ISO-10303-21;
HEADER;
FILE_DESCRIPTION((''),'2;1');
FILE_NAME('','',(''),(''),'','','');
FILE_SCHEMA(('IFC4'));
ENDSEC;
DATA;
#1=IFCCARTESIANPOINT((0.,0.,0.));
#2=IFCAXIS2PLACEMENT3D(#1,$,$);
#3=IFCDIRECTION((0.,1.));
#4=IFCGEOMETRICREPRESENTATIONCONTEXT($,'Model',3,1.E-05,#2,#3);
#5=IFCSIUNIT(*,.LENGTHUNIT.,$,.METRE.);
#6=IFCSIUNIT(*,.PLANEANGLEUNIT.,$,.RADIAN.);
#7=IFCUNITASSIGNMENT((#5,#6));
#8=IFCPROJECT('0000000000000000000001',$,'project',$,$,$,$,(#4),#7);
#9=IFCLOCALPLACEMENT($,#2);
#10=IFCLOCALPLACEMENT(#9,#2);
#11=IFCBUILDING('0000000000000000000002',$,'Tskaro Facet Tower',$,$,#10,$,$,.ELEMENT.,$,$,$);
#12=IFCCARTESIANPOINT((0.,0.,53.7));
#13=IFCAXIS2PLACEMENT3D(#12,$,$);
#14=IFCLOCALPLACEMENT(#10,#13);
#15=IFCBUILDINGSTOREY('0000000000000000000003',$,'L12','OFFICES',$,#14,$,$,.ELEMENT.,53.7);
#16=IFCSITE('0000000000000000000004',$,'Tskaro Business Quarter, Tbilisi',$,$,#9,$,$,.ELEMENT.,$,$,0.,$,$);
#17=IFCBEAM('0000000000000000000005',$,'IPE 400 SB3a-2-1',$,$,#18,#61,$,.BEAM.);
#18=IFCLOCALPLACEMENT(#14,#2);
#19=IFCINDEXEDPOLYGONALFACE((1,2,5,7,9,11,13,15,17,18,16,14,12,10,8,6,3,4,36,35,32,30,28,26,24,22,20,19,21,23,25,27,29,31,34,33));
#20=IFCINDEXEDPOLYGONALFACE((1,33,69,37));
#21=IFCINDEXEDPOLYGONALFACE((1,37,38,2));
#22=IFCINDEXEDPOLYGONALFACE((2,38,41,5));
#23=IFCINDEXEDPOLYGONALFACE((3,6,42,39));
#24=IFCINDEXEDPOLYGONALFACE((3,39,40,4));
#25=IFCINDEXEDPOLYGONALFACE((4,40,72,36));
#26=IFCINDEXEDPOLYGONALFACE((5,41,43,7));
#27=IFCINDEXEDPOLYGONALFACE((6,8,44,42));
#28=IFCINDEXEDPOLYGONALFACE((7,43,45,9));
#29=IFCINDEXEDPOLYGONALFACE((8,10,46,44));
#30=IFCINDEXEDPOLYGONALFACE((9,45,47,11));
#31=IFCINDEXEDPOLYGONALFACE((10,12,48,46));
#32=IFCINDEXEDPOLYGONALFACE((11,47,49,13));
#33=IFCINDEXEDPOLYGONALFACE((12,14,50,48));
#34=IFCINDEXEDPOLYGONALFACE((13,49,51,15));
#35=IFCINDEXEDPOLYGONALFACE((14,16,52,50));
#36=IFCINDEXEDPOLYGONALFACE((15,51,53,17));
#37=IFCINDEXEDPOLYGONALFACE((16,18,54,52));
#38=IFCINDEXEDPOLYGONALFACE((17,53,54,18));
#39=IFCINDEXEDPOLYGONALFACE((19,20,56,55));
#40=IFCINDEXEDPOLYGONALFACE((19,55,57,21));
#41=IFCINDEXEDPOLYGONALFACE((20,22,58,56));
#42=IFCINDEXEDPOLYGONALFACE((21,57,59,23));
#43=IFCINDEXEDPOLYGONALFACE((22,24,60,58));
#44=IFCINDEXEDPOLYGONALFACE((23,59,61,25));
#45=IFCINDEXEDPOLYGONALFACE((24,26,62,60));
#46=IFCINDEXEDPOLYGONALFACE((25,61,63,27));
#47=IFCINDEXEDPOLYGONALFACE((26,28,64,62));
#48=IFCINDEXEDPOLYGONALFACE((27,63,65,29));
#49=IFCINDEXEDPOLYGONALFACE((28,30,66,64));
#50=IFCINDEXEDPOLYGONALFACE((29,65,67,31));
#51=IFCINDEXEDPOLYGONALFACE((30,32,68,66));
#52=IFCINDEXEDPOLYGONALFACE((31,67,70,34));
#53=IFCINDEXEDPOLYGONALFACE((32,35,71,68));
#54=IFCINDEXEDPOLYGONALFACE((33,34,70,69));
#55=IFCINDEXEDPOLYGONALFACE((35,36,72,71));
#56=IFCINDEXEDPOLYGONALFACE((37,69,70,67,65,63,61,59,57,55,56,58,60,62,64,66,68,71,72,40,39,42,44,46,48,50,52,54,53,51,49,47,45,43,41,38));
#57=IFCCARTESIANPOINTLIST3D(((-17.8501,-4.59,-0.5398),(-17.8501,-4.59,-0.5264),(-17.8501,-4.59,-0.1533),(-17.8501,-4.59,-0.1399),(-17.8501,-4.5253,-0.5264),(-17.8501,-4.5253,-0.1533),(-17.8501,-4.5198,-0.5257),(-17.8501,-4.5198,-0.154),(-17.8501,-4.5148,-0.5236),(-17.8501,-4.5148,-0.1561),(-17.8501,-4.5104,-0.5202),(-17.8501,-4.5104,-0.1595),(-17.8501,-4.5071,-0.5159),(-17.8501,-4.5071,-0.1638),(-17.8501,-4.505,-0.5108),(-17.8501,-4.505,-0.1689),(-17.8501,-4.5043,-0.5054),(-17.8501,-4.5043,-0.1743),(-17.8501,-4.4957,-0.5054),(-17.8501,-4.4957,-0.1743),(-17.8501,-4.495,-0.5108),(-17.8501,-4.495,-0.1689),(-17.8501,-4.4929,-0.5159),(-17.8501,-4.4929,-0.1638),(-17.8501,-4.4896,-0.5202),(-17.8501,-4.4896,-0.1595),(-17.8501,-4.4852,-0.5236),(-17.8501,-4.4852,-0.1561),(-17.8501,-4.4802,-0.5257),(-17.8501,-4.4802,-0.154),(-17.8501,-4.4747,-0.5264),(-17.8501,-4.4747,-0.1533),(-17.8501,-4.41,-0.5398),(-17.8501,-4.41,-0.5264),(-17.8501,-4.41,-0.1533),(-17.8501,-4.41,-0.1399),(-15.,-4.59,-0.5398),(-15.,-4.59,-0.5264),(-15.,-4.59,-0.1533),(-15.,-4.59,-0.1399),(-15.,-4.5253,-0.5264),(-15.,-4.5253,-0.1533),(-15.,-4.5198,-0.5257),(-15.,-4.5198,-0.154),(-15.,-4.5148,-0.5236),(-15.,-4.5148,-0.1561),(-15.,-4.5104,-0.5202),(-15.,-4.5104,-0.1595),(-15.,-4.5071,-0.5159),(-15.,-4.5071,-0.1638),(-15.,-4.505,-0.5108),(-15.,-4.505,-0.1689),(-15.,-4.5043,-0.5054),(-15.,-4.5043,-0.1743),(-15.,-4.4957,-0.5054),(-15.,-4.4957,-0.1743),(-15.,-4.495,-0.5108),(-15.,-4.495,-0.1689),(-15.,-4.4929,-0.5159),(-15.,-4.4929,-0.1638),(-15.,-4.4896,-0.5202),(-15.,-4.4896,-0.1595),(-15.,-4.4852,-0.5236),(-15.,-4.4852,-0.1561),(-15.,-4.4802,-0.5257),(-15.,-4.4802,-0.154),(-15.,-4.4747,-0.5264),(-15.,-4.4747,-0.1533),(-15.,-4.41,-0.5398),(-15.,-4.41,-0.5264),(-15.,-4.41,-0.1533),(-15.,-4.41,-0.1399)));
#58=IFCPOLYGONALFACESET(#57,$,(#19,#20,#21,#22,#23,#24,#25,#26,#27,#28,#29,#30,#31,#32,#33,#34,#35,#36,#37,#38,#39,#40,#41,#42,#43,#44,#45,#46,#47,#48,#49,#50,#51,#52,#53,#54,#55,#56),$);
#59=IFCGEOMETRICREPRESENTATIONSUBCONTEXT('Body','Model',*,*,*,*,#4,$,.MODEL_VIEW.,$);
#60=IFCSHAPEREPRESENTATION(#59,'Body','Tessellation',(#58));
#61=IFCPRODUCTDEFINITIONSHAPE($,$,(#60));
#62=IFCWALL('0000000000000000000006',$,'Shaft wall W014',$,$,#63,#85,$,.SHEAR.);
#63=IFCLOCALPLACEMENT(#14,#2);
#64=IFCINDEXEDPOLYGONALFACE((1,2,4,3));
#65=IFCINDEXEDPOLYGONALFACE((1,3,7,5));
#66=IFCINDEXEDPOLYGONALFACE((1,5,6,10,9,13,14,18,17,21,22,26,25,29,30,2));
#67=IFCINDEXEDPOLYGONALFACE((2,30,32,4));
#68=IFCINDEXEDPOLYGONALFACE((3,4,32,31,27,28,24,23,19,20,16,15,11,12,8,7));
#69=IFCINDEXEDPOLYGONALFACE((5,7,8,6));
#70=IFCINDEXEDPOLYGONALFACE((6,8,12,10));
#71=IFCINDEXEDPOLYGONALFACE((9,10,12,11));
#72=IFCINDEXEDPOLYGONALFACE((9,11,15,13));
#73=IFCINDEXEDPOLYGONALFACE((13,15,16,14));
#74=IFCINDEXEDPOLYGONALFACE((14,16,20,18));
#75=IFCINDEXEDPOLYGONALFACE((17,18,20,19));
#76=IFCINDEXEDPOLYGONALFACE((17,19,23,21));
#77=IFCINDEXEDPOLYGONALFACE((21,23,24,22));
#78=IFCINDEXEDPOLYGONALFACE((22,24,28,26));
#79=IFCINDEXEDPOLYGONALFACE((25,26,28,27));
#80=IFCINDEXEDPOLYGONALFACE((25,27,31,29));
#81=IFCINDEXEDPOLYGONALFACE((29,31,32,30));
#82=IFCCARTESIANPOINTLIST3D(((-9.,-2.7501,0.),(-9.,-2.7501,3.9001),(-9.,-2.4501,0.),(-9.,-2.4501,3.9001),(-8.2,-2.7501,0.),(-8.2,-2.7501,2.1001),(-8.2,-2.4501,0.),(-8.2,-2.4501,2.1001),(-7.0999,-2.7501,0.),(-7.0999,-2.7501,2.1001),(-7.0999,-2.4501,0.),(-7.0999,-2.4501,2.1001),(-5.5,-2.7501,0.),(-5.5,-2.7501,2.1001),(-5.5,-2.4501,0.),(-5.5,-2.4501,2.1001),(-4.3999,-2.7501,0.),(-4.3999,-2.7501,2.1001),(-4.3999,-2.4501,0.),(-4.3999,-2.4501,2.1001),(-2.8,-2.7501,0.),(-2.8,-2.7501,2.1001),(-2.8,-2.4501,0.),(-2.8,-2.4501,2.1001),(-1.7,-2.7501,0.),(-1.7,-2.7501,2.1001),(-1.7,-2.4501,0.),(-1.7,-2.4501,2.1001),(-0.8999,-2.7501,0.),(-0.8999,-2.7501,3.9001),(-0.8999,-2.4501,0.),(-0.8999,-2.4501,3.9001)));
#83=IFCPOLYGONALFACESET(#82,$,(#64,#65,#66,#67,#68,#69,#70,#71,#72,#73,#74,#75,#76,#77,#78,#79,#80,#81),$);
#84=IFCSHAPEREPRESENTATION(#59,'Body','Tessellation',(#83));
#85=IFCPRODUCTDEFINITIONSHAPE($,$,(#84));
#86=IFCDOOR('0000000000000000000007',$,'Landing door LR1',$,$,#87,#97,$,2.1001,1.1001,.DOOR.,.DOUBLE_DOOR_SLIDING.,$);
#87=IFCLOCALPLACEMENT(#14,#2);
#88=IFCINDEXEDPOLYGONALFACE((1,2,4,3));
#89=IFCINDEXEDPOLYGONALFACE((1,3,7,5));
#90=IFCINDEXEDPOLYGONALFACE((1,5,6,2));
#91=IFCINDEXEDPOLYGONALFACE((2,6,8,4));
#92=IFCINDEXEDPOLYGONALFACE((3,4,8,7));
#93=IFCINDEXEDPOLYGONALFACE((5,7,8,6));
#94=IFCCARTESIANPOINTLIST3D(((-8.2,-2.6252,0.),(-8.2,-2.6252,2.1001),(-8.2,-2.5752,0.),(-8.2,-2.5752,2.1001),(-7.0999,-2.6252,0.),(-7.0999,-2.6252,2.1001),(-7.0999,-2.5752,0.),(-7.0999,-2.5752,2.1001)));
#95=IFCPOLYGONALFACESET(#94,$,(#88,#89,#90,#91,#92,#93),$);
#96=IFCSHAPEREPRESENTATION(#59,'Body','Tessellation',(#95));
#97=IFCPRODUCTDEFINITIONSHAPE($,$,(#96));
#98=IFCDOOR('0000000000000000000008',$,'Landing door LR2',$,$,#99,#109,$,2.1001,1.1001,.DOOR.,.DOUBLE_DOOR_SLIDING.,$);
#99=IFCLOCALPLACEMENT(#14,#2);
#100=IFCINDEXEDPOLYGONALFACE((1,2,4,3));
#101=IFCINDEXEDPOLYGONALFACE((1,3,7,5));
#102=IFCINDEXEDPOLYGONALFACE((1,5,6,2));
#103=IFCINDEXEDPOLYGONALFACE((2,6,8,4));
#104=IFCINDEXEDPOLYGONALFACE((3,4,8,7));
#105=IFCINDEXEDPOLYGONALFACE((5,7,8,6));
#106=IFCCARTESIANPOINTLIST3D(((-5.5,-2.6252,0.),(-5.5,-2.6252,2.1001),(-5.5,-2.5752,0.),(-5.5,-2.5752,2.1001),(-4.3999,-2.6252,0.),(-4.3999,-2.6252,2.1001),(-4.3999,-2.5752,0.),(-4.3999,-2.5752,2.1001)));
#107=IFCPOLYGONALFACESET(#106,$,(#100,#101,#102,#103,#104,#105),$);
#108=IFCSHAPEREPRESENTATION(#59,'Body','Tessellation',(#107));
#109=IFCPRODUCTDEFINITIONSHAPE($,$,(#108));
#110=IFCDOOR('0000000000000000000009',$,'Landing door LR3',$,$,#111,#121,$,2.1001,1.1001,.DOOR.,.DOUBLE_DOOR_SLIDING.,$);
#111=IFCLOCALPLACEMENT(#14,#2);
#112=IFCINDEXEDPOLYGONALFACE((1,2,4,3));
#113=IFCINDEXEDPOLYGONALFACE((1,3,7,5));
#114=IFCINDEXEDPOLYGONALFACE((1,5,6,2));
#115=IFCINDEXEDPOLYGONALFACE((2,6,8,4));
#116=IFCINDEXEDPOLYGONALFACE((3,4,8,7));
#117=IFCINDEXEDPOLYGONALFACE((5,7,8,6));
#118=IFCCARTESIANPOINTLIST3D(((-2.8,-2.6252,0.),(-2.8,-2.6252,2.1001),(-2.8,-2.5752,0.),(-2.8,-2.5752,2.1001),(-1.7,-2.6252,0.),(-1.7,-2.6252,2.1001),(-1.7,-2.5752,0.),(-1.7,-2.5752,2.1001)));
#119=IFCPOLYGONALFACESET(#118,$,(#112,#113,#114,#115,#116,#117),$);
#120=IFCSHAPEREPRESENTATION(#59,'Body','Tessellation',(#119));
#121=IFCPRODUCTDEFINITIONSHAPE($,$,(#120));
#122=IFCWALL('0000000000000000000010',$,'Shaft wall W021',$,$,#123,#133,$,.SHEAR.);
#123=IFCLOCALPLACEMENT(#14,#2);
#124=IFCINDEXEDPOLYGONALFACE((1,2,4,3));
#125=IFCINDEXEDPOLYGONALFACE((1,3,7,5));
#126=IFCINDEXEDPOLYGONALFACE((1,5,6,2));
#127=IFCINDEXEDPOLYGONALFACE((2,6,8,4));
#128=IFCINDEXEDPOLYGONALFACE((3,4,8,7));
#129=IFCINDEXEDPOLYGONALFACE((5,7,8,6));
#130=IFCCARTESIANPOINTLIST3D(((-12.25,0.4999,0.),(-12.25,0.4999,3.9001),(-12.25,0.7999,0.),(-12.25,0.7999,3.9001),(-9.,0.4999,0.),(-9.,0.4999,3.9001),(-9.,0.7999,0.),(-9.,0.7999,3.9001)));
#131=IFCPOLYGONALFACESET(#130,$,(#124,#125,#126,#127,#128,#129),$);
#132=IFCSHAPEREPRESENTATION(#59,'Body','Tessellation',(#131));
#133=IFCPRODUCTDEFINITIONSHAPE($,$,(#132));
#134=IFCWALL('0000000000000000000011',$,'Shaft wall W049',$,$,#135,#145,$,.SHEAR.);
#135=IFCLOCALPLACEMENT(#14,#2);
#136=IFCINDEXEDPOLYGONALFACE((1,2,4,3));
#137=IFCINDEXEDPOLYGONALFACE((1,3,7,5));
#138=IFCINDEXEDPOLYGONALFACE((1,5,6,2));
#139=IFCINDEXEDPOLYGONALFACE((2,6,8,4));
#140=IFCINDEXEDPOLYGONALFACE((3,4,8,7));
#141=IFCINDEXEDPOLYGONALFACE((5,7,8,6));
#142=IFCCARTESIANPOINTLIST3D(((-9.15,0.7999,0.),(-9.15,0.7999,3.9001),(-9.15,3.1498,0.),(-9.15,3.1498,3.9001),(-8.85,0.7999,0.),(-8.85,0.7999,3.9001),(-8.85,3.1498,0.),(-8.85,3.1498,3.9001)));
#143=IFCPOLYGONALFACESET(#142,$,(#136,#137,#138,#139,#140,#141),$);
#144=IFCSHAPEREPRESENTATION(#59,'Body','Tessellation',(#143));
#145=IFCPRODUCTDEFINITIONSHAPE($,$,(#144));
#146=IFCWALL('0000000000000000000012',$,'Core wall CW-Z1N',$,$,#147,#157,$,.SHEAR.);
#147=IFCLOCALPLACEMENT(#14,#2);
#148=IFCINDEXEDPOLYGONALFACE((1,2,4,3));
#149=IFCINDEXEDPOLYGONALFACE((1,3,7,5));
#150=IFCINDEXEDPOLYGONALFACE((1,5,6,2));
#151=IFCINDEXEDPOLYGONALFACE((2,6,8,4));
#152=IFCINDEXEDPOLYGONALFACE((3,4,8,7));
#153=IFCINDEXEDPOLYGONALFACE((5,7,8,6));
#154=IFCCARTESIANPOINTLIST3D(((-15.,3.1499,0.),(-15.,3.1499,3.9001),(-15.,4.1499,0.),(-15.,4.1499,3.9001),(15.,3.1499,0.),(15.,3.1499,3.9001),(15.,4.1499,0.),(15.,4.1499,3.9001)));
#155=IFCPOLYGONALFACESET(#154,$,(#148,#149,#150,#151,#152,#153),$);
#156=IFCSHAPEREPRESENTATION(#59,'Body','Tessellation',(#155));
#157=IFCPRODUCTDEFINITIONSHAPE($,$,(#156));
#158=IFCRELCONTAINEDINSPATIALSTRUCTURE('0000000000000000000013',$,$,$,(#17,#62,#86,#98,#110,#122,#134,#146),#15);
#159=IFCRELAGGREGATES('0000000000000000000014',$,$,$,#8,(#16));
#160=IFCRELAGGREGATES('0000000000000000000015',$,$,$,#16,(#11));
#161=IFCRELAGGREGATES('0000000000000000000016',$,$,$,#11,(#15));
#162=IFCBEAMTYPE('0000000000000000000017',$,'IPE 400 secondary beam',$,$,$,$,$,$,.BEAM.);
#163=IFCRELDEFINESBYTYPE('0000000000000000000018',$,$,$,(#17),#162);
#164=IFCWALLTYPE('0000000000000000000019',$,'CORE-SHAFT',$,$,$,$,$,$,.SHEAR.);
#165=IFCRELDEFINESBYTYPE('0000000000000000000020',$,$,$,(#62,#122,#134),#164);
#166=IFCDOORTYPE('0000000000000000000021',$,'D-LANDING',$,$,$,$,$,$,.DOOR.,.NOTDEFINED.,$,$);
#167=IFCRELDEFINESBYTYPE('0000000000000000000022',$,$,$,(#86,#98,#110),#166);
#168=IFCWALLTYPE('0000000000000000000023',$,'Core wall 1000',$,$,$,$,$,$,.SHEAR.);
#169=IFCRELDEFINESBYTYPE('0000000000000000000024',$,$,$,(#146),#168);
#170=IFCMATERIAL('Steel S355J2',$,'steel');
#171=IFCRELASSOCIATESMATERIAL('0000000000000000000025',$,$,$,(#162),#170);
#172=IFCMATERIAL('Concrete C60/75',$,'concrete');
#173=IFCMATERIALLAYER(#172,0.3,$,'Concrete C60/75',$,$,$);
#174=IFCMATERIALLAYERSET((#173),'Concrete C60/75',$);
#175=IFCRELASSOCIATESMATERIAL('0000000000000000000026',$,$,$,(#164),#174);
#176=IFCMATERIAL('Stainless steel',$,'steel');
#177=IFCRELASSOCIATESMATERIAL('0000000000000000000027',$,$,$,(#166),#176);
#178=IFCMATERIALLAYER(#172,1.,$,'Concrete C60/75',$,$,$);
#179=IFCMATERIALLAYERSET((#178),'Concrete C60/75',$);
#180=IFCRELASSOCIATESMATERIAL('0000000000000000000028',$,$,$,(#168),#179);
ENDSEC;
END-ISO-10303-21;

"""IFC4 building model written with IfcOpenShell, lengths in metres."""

from ifc_helpers import new_model, si_unit, direction, frame, frame_2d, origin, origin_2d, place, context, subcontext, project, spatial, rectangle, i_section, extrude, material, layer, layer_set, material_profile, profile_set, type_object, element, fill, save


model = new_model("IFC4")

# Units and contexts
model_context = context("Model", 3, precision=1e-05, world=origin(), true_north=direction((0.0, 1.0)))
body_context = subcontext(model_context, "Body", "Model", "MODEL_VIEW")
ifc_project = project(units=[si_unit("LENGTHUNIT", "METRE"), si_unit("PLANEANGLEUNIT", "RADIAN")], contexts=[model_context])

# Site, building, storey
site_placement = place(None, origin())
site = spatial("IfcSite", under=ifc_project, at=site_placement, Name="Tskaro Business Quarter, Tbilisi", CompositionType="ELEMENT", RefElevation=0.0)
building_placement = place(site_placement, origin())
building = spatial("IfcBuilding", under=site, at=building_placement, Name="Tskaro Facet Tower", CompositionType="ELEMENT")
storey_placement = place(building_placement, frame((0.0, 0.0, 53.7)))
storey = spatial("IfcBuildingStorey", under=building, at=storey_placement, Name="L12", Description="OFFICES", CompositionType="ELEMENT", Elevation=53.7)

# Beam
ifc_material_1 = material(Name="Steel S355J2", Category="steel")
ifc_material_profile = material_profile(ifc_material_1, i_section(OverallWidth=0.1799, OverallDepth=0.3999, WebThickness=0.0085, FlangeThickness=0.0134, FilletRadius=0.021, at=origin_2d()), Name="IPE 400")
ifc_profile_set = profile_set([ifc_material_profile], Name="Steel S355J2")
beam_type = type_object("IfcBeamType", Name="IPE 400 secondary beam", PredefinedType="BEAM", material=ifc_profile_set)
beam_placement = place(storey_placement, frame((-17.8501, -4.5, -0.3398), z_axis=(1.0, 0.0, 0.0), x_axis=(0.0, 1.0, 0.0)))
element("IfcBeam", 1, at=beam_placement, inside=storey, type_object=beam_type, Name="IPE 400 SB3a-2-1", PredefinedType="BEAM", context=body_context, shape_type="SweptSolid", body=[
    extrude(i_section(OverallWidth=0.1799, OverallDepth=0.3999, WebThickness=0.0085, FlangeThickness=0.0134, FilletRadius=0.021, at=origin_2d()), origin(), (0.0, 0.0, 1.0), 2.8501),
])

# Wall, openings, doors
ifc_material_2 = material(Name="Concrete C60/75", Category="concrete")
ifc_layer_1 = layer(ifc_material_2, 0.3, Name="Concrete C60/75")
ifc_layer_set_1 = layer_set([ifc_layer_1], Name="Concrete C60/75")
wall_type_1 = type_object("IfcWallType", Name="CORE-SHAFT", PredefinedType="SHEAR", material=ifc_layer_set_1)
wall_1_placement = place(storey_placement, frame((-9.0, -2.6001, 0.0), z_axis=(0.0, 0.0, 1.0), x_axis=(1.0, 0.0, 0.0)))
wall_1 = element("IfcWall", 2, at=wall_1_placement, inside=storey, type_object=wall_type_1, Name="Shaft wall W014", PredefinedType="SHEAR", context=body_context, shape_type="SweptSolid", body=[
    extrude(rectangle(XDim=8.1001, YDim=0.3, at=frame_2d((4.05, 0.0))), origin(), (0.0, 0.0, 1.0), 3.9001),
])
opening_1_placement = place(wall_1_placement, frame((0.8, 0.0, 0.0)))
opening_1 = element("IfcOpeningElement", 3, at=opening_1_placement, cuts=wall_1, PredefinedType="OPENING", context=body_context, shape_type="SweptSolid", body=[
    extrude(rectangle(XDim=1.1001, YDim=2.1001, at=frame_2d((0.55, 1.05))), frame((0.0, 0.1599, 0.0), z_axis=(0.0, -1.0, 0.0), x_axis=(1.0, 0.0, 0.0)), (0.0, 0.0, 1.0), 0.3201),
])
opening_2_placement = place(wall_1_placement, frame((3.5, 0.0, 0.0)))
opening_2 = element("IfcOpeningElement", 4, at=opening_2_placement, cuts=wall_1, PredefinedType="OPENING", context=body_context, shape_type="SweptSolid", body=[
    extrude(rectangle(XDim=1.1001, YDim=2.1001, at=frame_2d((0.55, 1.05))), frame((0.0, 0.1599, 0.0), z_axis=(0.0, -1.0, 0.0), x_axis=(1.0, 0.0, 0.0)), (0.0, 0.0, 1.0), 0.3201),
])
opening_3_placement = place(wall_1_placement, frame((6.2, 0.0, 0.0)))
opening_3 = element("IfcOpeningElement", 5, at=opening_3_placement, cuts=wall_1, PredefinedType="OPENING", context=body_context, shape_type="SweptSolid", body=[
    extrude(rectangle(XDim=1.1001, YDim=2.1001, at=frame_2d((0.55, 1.05))), frame((0.0, 0.1599, 0.0), z_axis=(0.0, -1.0, 0.0), x_axis=(1.0, 0.0, 0.0)), (0.0, 0.0, 1.0), 0.3201),
])
ifc_material_3 = material(Name="Stainless steel", Category="steel")
door_type_1 = type_object("IfcDoorType", Name="D-LANDING", OperationType="NOTDEFINED", PredefinedType="DOOR", material=ifc_material_3)
door_1_placement = place(opening_1_placement, origin())
door_1 = element("IfcDoor", 6, at=door_1_placement, inside=storey, type_object=door_type_1, Name="Landing door LR1", OperationType="DOUBLE_DOOR_SLIDING", OverallHeight=2.1001, OverallWidth=1.1001, PredefinedType="DOOR", context=body_context, shape_type="SweptSolid", body=[
    extrude(rectangle(XDim=1.1001, YDim=2.1001, at=frame_2d((0.55, 1.05))), frame((0.0, 0.0249, 0.0), z_axis=(0.0, -1.0, 0.0), x_axis=(1.0, 0.0, 0.0)), (0.0, 0.0, 1.0), 0.05),
])
fill(opening_1, door_1)
door_2_placement = place(opening_2_placement, origin())
door_2 = element("IfcDoor", 7, at=door_2_placement, inside=storey, type_object=door_type_1, Name="Landing door LR2", OperationType="DOUBLE_DOOR_SLIDING", OverallHeight=2.1001, OverallWidth=1.1001, PredefinedType="DOOR", context=body_context, shape_type="SweptSolid", body=[
    extrude(rectangle(XDim=1.1001, YDim=2.1001, at=frame_2d((0.55, 1.05))), frame((0.0, 0.0249, 0.0), z_axis=(0.0, -1.0, 0.0), x_axis=(1.0, 0.0, 0.0)), (0.0, 0.0, 1.0), 0.05),
])
fill(opening_2, door_2)
door_3_placement = place(opening_3_placement, origin())
door_3 = element("IfcDoor", 8, at=door_3_placement, inside=storey, type_object=door_type_1, Name="Landing door LR3", OperationType="DOUBLE_DOOR_SLIDING", OverallHeight=2.1001, OverallWidth=1.1001, PredefinedType="DOOR", context=body_context, shape_type="SweptSolid", body=[
    extrude(rectangle(XDim=1.1001, YDim=2.1001, at=frame_2d((0.55, 1.05))), frame((0.0, 0.0249, 0.0), z_axis=(0.0, -1.0, 0.0), x_axis=(1.0, 0.0, 0.0)), (0.0, 0.0, 1.0), 0.05),
])
fill(opening_3, door_3)

# Walls
wall_2_placement = place(storey_placement, frame((-9.0, 0.6499, 0.0), z_axis=(0.0, 0.0, 1.0), x_axis=(-1.0, 0.0, 0.0)))
element("IfcWall", 9, at=wall_2_placement, inside=storey, type_object=wall_type_1, Name="Shaft wall W021", PredefinedType="SHEAR", context=body_context, shape_type="SweptSolid", body=[
    extrude(rectangle(XDim=3.25, YDim=0.3, at=frame_2d((1.625, 0.0))), origin(), (0.0, 0.0, 1.0), 3.9001),
])
wall_3_placement = place(storey_placement, frame((-9.0, 0.8, 0.0), z_axis=(0.0, 0.0, 1.0), x_axis=(0.0, 1.0, 0.0)))
element("IfcWall", 10, at=wall_3_placement, inside=storey, type_object=wall_type_1, Name="Shaft wall W049", PredefinedType="SHEAR", context=body_context, shape_type="SweptSolid", body=[
    extrude(rectangle(XDim=2.3499, YDim=0.3, at=frame_2d((1.1748, 0.0))), origin(), (0.0, 0.0, 1.0), 3.9001),
])
ifc_layer_2 = layer(ifc_material_2, 1.0, Name="Concrete C60/75")
ifc_layer_set_2 = layer_set([ifc_layer_2], Name="Concrete C60/75")
wall_type_2 = type_object("IfcWallType", Name="Core wall 1000", PredefinedType="SHEAR", material=ifc_layer_set_2)
wall_4_placement = place(storey_placement, frame((-15.0, 3.6499, 0.0), z_axis=(0.0, 0.0, 1.0), x_axis=(1.0, 0.0, 0.0)))
element("IfcWall", 11, at=wall_4_placement, inside=storey, type_object=wall_type_2, Name="Core wall CW-Z1N", PredefinedType="SHEAR", context=body_context, shape_type="SweptSolid", body=[
    extrude(rectangle(XDim=30.0, YDim=1.0, at=frame_2d((15.0, 0.0))), origin(), (0.0, 0.0, 1.0), 3.9001),
])

save(model, "model.ifc")
